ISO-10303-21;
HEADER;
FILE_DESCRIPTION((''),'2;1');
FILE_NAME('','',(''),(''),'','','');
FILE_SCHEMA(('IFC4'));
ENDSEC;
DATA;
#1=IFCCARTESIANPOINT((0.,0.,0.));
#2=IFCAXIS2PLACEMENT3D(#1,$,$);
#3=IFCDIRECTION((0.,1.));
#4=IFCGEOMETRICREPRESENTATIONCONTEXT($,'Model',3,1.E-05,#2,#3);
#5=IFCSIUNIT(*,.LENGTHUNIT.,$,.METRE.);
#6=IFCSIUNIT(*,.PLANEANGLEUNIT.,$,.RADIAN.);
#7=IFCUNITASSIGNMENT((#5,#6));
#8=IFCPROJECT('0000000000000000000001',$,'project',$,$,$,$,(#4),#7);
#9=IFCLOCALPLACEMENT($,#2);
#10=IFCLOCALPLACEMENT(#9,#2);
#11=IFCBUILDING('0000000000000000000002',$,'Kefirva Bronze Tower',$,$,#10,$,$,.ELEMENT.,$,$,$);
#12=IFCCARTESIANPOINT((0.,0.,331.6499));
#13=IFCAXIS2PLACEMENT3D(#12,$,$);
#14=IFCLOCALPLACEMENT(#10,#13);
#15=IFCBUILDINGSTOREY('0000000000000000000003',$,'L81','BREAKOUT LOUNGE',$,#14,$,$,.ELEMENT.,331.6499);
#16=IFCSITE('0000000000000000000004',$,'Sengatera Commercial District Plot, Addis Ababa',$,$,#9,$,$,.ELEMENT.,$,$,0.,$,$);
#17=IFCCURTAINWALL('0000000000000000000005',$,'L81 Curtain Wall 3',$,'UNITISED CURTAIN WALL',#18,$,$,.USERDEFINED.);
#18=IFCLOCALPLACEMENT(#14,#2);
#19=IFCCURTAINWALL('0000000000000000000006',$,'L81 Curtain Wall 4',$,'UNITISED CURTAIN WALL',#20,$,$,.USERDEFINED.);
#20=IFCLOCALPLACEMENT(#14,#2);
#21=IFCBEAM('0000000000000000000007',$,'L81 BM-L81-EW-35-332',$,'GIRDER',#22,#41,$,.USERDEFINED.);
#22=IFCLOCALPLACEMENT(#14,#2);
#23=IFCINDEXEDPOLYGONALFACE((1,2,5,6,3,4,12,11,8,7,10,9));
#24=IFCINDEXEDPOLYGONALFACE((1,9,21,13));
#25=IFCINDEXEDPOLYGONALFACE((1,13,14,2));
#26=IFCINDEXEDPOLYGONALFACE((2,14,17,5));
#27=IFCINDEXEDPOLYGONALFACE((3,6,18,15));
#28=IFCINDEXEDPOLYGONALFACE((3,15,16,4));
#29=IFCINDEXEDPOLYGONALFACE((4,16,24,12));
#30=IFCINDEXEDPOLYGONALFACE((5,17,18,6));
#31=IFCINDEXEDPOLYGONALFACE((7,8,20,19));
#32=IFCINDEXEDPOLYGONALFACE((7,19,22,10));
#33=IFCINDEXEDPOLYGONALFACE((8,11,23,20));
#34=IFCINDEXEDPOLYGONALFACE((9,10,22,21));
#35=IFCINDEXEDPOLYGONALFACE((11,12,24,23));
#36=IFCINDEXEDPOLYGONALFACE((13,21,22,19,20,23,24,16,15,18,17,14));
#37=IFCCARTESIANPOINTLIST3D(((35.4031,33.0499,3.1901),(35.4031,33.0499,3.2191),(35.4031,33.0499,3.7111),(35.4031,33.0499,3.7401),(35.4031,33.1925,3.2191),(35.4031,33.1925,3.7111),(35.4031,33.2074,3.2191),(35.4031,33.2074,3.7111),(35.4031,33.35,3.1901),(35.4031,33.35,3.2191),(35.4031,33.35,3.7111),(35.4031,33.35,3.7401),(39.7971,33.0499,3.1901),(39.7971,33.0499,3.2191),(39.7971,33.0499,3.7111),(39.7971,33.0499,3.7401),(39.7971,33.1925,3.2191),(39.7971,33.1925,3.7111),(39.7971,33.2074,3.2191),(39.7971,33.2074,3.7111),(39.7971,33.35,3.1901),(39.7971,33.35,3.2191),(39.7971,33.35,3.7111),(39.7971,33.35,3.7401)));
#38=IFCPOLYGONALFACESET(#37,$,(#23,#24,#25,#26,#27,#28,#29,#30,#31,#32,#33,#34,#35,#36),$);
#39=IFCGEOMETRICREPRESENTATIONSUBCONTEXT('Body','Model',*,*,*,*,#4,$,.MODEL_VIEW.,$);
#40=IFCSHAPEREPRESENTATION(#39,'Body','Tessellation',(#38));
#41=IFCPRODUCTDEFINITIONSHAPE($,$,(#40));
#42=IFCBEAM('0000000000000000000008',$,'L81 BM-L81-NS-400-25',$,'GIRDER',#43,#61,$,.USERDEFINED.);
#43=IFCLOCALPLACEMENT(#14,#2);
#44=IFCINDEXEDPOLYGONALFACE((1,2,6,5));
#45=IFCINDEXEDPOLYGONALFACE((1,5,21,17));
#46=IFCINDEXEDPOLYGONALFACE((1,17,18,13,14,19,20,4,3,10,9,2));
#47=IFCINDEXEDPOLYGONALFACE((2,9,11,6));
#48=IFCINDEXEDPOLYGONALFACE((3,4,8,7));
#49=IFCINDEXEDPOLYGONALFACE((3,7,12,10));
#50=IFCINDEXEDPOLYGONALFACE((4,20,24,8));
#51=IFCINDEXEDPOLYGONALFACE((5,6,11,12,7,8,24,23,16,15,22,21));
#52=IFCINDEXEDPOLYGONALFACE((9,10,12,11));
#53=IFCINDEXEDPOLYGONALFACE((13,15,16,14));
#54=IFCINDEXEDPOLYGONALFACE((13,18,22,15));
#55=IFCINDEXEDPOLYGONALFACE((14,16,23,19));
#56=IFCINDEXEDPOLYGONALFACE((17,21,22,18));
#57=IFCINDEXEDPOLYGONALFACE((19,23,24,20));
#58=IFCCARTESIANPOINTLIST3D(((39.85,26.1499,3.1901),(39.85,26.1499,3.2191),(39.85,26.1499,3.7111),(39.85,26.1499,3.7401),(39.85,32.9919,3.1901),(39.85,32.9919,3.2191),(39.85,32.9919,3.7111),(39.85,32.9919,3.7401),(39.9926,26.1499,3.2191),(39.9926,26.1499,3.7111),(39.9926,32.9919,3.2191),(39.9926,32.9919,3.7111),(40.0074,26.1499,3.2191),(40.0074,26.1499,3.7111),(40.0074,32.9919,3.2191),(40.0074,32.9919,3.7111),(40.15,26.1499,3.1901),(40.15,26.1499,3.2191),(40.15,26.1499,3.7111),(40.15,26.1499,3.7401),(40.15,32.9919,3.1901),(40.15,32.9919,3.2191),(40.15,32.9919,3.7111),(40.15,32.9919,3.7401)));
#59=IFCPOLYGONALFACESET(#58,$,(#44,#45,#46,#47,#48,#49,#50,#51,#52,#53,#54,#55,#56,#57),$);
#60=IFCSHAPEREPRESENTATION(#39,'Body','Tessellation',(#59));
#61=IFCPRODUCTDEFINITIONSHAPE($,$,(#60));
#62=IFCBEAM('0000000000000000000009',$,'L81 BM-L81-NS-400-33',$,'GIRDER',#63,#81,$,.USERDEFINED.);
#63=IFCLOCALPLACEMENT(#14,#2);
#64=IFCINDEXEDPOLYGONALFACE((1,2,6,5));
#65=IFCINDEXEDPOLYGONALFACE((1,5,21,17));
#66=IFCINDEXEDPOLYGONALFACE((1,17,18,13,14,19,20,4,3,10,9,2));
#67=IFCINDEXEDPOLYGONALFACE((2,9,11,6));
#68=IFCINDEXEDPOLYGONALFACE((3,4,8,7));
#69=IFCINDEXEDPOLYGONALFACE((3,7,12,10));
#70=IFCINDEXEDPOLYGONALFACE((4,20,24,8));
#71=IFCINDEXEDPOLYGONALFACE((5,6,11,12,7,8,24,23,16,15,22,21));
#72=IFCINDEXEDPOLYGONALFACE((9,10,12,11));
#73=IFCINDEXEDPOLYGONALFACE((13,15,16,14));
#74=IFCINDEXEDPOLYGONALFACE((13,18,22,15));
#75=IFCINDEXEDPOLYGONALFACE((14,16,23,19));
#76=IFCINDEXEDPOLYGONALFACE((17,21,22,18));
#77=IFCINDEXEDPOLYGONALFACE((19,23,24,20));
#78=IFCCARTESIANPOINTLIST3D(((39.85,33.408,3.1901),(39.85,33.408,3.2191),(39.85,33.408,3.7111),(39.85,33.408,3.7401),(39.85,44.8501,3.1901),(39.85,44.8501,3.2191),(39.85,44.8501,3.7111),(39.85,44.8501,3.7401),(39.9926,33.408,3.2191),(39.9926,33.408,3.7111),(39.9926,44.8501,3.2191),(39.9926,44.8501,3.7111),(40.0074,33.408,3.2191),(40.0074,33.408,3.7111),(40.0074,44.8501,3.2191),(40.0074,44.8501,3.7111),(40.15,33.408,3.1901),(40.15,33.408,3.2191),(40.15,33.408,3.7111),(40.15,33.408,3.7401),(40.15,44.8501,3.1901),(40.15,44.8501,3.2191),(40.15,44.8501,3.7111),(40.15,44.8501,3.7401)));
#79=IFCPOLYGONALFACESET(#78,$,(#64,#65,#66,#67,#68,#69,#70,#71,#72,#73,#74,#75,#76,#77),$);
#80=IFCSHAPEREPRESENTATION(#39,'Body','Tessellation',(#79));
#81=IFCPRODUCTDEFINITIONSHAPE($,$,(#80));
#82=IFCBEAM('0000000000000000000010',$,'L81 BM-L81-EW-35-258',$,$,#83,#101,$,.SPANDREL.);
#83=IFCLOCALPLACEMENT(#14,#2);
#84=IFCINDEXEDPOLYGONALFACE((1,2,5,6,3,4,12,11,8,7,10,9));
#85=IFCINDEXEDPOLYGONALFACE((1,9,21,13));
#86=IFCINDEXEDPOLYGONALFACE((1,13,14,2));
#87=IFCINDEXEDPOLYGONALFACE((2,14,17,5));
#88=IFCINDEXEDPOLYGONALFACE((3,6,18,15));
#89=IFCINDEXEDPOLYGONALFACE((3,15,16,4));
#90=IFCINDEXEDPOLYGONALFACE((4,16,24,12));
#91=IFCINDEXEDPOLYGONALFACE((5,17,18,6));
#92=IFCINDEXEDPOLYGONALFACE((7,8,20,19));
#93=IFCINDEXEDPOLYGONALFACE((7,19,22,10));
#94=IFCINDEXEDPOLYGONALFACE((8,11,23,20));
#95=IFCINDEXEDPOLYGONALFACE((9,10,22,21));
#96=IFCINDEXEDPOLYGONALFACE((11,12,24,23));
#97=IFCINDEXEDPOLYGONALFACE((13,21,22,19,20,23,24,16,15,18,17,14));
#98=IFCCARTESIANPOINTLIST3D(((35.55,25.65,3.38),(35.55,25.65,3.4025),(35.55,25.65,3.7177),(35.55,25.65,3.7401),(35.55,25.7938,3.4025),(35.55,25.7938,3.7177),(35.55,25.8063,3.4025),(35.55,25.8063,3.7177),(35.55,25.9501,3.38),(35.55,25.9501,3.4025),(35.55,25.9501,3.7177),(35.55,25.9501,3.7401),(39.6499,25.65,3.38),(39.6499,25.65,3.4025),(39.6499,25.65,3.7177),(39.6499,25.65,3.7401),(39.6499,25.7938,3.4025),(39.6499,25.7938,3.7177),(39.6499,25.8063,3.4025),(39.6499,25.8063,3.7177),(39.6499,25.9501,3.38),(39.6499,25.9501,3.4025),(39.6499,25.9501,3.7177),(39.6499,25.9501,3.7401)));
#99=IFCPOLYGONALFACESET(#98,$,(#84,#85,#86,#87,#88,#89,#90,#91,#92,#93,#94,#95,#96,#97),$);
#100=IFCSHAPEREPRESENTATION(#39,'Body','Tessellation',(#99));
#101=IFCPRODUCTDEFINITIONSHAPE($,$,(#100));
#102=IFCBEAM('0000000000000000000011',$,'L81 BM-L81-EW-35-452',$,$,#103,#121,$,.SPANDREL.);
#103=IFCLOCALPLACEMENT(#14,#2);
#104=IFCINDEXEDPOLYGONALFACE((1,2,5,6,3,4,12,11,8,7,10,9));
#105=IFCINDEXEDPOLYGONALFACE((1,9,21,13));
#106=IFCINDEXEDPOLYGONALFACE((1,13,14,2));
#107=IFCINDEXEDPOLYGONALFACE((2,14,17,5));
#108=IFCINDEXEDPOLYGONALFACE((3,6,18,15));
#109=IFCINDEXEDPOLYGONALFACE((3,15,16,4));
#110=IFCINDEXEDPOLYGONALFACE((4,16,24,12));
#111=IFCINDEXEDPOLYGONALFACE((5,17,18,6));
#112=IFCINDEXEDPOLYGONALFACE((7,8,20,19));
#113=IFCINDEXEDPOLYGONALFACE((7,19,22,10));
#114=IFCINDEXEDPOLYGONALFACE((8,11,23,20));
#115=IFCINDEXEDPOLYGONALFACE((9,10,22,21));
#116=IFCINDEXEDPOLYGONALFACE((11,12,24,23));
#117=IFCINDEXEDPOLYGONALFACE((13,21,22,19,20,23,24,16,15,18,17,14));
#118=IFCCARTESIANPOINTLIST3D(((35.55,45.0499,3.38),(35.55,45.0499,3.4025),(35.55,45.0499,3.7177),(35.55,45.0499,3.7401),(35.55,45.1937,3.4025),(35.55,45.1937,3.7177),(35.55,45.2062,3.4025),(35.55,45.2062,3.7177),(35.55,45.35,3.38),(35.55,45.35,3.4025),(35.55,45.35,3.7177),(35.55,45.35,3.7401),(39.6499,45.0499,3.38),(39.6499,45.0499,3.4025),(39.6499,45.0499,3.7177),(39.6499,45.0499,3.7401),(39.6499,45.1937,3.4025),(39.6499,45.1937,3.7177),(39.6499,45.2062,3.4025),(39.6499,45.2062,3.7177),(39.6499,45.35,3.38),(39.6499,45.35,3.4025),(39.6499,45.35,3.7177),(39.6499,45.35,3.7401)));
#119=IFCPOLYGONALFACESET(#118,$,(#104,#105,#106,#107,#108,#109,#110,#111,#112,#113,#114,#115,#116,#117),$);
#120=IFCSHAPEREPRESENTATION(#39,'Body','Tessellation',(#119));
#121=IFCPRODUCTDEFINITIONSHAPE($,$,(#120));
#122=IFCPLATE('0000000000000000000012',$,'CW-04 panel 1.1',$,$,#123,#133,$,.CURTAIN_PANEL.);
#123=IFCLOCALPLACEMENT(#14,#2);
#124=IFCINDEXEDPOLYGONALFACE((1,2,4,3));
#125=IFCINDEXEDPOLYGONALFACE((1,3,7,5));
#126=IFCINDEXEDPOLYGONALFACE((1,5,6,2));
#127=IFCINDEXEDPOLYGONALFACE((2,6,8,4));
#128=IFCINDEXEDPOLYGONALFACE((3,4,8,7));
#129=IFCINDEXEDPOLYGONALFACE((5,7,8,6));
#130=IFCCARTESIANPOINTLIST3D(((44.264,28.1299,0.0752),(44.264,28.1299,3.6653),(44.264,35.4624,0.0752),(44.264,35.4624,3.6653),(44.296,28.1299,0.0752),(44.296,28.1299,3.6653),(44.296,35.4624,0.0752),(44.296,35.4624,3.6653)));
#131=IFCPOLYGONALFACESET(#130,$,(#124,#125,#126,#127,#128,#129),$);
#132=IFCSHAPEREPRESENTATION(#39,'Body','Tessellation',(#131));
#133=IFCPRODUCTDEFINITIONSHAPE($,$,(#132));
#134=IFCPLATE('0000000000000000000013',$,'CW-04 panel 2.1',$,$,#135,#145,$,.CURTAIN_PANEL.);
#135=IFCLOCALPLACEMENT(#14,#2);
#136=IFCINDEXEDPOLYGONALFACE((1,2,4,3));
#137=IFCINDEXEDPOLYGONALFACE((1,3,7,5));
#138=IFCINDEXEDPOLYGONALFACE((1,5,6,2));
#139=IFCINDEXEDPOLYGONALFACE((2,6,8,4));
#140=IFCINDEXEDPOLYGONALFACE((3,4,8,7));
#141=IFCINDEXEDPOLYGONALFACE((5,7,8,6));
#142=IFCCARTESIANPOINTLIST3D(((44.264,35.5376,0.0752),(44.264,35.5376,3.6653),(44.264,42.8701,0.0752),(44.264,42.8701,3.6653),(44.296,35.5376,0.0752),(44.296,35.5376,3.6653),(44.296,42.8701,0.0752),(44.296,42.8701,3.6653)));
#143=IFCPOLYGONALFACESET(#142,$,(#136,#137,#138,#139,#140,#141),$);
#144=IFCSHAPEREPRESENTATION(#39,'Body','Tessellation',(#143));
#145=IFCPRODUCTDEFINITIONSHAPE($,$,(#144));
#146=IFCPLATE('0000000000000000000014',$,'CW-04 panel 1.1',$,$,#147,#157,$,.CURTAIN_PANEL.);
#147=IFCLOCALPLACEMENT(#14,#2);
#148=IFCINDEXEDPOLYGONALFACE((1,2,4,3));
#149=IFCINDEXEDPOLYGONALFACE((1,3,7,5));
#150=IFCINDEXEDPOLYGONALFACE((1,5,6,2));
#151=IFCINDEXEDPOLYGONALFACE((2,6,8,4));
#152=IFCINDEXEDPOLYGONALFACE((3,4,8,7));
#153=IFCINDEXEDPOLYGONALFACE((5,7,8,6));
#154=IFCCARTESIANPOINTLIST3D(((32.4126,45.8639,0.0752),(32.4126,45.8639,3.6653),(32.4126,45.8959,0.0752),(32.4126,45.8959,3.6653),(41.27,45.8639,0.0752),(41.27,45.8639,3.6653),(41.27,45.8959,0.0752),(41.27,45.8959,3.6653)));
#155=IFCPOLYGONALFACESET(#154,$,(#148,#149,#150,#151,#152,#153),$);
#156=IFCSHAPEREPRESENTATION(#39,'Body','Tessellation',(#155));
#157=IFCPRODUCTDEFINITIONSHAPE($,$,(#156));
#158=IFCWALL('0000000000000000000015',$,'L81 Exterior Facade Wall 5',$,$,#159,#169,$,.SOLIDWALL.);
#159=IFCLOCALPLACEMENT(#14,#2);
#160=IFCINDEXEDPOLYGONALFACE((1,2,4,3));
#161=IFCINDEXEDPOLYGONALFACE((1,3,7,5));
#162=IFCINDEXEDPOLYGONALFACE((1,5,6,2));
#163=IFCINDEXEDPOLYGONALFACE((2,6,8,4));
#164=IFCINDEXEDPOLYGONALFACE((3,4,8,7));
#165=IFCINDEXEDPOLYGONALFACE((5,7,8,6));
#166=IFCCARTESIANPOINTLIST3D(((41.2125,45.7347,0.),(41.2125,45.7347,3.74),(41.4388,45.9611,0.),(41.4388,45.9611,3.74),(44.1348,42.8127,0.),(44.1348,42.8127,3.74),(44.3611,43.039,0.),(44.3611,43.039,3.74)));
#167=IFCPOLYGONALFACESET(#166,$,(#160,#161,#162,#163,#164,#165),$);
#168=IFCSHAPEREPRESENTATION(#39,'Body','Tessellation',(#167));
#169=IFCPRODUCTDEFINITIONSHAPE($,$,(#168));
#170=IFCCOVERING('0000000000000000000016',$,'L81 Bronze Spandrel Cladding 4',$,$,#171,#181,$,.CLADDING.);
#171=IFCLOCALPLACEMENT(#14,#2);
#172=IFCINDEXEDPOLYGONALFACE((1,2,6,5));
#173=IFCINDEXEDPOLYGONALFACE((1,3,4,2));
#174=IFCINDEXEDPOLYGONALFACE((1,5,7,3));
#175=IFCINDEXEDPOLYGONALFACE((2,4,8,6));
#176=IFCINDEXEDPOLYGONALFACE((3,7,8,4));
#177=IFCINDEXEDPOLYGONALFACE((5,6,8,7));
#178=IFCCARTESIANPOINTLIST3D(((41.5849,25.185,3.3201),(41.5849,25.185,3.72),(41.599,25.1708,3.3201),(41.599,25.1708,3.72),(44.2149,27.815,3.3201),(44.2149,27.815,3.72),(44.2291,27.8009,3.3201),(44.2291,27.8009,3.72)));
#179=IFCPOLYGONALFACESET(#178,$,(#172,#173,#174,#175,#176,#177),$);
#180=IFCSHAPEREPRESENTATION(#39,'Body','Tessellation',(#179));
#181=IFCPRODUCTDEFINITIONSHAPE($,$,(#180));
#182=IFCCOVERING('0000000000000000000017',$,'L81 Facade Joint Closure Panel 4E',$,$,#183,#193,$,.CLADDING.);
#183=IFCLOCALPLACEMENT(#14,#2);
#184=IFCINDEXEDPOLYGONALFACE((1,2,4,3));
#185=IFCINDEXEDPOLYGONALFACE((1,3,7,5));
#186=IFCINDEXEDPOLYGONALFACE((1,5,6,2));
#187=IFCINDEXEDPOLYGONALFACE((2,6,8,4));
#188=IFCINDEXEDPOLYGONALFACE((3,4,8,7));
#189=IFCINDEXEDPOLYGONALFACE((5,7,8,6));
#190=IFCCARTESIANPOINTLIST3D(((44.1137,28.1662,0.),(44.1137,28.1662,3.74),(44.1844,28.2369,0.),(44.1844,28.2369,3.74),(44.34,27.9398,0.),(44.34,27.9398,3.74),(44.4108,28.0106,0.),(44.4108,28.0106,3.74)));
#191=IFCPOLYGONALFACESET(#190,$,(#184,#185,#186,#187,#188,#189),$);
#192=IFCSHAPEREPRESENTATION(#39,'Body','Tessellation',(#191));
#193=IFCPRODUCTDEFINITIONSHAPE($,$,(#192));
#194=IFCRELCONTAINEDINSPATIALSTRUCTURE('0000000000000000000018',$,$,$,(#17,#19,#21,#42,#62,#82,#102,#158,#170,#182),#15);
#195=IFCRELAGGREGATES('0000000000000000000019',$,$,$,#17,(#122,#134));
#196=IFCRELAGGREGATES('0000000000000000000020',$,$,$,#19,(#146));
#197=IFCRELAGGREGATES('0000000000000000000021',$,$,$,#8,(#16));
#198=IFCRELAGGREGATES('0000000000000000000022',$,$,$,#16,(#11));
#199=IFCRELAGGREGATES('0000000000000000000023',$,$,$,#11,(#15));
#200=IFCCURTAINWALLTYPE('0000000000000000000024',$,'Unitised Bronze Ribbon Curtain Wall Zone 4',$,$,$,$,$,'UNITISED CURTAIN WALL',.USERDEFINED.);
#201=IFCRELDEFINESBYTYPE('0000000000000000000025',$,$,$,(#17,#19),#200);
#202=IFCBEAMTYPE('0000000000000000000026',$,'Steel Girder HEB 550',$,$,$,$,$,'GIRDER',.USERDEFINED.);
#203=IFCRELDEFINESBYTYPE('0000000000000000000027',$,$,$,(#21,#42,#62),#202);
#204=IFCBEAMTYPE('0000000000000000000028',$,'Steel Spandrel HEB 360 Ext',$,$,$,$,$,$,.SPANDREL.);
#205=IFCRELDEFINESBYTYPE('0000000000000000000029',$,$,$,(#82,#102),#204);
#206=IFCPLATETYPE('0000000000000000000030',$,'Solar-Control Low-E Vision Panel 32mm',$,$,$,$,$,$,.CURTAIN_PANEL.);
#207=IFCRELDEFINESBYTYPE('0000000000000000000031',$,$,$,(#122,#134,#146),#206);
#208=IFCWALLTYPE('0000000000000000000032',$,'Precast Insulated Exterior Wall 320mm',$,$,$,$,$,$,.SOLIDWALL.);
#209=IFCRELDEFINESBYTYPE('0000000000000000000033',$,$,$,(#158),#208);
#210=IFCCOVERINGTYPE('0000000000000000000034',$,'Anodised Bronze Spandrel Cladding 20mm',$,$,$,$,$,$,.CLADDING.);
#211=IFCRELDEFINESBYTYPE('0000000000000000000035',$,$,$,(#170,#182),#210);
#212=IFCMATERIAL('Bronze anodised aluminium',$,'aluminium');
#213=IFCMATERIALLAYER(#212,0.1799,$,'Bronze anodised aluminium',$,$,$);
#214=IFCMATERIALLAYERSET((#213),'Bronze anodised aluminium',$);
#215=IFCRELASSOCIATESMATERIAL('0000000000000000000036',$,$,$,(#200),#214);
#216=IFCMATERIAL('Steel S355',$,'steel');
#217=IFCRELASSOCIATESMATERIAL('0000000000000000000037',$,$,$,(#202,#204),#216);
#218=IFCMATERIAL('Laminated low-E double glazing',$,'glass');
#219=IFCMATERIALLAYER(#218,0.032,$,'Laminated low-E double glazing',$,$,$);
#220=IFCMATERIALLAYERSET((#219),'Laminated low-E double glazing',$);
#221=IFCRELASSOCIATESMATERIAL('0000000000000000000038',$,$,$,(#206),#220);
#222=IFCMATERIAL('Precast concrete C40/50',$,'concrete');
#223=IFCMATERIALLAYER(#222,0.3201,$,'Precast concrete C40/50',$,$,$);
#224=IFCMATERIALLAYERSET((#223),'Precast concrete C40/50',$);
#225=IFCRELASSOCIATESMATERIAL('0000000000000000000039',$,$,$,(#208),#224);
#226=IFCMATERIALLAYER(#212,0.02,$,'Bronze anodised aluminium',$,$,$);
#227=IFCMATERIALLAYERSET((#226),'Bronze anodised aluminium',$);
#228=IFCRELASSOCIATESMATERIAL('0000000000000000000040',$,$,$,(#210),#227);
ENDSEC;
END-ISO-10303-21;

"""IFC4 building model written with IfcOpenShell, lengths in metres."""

from ifc_helpers import new_model, si_unit, direction, frame, frame_2d, origin, origin_2d, place, context, subcontext, project, spatial, rectangle, i_section, extrude, material, layer, layer_set, material_profile, profile_set, type_object, element, aggregate, save


model = new_model("IFC4")

# Units and contexts
model_context = context("Model", 3, precision=1e-05, world=origin(), true_north=direction((0.0, 1.0)))
body_context = subcontext(model_context, "Body", "Model", "MODEL_VIEW")
ifc_project = project(units=[si_unit("LENGTHUNIT", "METRE"), si_unit("PLANEANGLEUNIT", "RADIAN")], contexts=[model_context])

# Site, building, storey
site_placement = place(None, origin())
site = spatial("IfcSite", under=ifc_project, at=site_placement, Name="Sengatera Commercial District Plot, Addis Ababa", CompositionType="ELEMENT", RefElevation=0.0)
building_placement = place(site_placement, origin())
building = spatial("IfcBuilding", under=site, at=building_placement, Name="Kefirva Bronze Tower", CompositionType="ELEMENT")
storey_placement = place(building_placement, frame((0.0, 0.0, 331.6499)))
storey = spatial("IfcBuildingStorey", under=building, at=storey_placement, Name="L81", Description="BREAKOUT LOUNGE", CompositionType="ELEMENT", Elevation=331.6499)

# Curtain wall
ifc_material_1 = material(Name="Bronze anodised aluminium", Category="aluminium")
ifc_layer_1 = layer(ifc_material_1, 0.1799, Name="Bronze anodised aluminium")
ifc_layer_set_1 = layer_set([ifc_layer_1], Name="Bronze anodised aluminium")
curtain_wall_type = type_object("IfcCurtainWallType", Name="Unitised Bronze Ribbon Curtain Wall Zone 4", ElementType="UNITISED CURTAIN WALL", PredefinedType="USERDEFINED", material=ifc_layer_set_1)
curtain_wall_1_placement = place(storey_placement, origin())
curtain_wall_1 = element("IfcCurtainWall", 1, at=curtain_wall_1_placement, inside=storey, type_object=curtain_wall_type, Name="L81 Curtain Wall 3", ObjectType="UNITISED CURTAIN WALL", PredefinedType="USERDEFINED")

# Curtain wall
curtain_wall_2_placement = place(storey_placement, origin())
curtain_wall_2 = element("IfcCurtainWall", 2, at=curtain_wall_2_placement, inside=storey, type_object=curtain_wall_type, Name="L81 Curtain Wall 4", ObjectType="UNITISED CURTAIN WALL", PredefinedType="USERDEFINED")

# Beams
ifc_material_2 = material(Name="Steel S355", Category="steel")
ifc_material_profile_1 = material_profile(ifc_material_2, i_section(OverallWidth=0.3, OverallDepth=0.55, WebThickness=0.0149, FlangeThickness=0.0291, at=origin_2d()), Name="HEB 550")
ifc_profile_set_1 = profile_set([ifc_material_profile_1], Name="Steel S355")
beam_type_1 = type_object("IfcBeamType", Name="Steel Girder HEB 550", ElementType="GIRDER", PredefinedType="USERDEFINED", material=ifc_profile_set_1)
beam_1_placement = place(storey_placement, frame((35.4031, 33.2, 3.4651), z_axis=(1.0, 0.0, 0.0), x_axis=(0.0, 1.0, 0.0)))
element("IfcBeam", 3, at=beam_1_placement, inside=storey, type_object=beam_type_1, Name="L81 BM-L81-EW-35-332", ObjectType="GIRDER", PredefinedType="USERDEFINED", context=body_context, shape_type="SweptSolid", body=[
    extrude(i_section(OverallWidth=0.3, OverallDepth=0.55, WebThickness=0.0149, FlangeThickness=0.0291, at=origin_2d()), origin(), (0.0, 0.0, 1.0), 4.394),
])
beam_2_placement = place(storey_placement, frame((40.0, 26.1499, 3.4651), z_axis=(0.0, 1.0, 0.0), x_axis=(-1.0, 0.0, 0.0)))
element("IfcBeam", 4, at=beam_2_placement, inside=storey, type_object=beam_type_1, Name="L81 BM-L81-NS-400-25", ObjectType="GIRDER", PredefinedType="USERDEFINED", context=body_context, shape_type="SweptSolid", body=[
    extrude(i_section(OverallWidth=0.3, OverallDepth=0.55, WebThickness=0.0149, FlangeThickness=0.0291, at=origin_2d()), origin(), (0.0, 0.0, 1.0), 6.842),
])
beam_3_placement = place(storey_placement, frame((40.0, 33.408, 3.4651), z_axis=(0.0, 1.0, 0.0), x_axis=(-1.0, 0.0, 0.0)))
element("IfcBeam", 5, at=beam_3_placement, inside=storey, type_object=beam_type_1, Name="L81 BM-L81-NS-400-33", ObjectType="GIRDER", PredefinedType="USERDEFINED", context=body_context, shape_type="SweptSolid", body=[
    extrude(i_section(OverallWidth=0.3, OverallDepth=0.55, WebThickness=0.0149, FlangeThickness=0.0291, at=origin_2d()), origin(), (0.0, 0.0, 1.0), 11.4421),
])
ifc_material_profile_2 = material_profile(ifc_material_2, i_section(OverallWidth=0.3, OverallDepth=0.3601, WebThickness=0.0125, FlangeThickness=0.0225, at=origin_2d()), Name="HEB 360")
ifc_profile_set_2 = profile_set([ifc_material_profile_2], Name="Steel S355")
beam_type_2 = type_object("IfcBeamType", Name="Steel Spandrel HEB 360 Ext", PredefinedType="SPANDREL", material=ifc_profile_set_2)
for number, where, z_axis, x_axis, name in (
    (6, (35.55, 25.8, 3.5601), (1.0, 0.0, 0.0), (0.0, 1.0, 0.0), "L81 BM-L81-EW-35-258"),
    (7, (35.55, 45.2, 3.5601), (1.0, 0.0, 0.0), (0.0, 1.0, 0.0), "L81 BM-L81-EW-35-452"),
):
    element("IfcBeam", number, at=place(storey_placement, frame(where, z_axis=z_axis, x_axis=x_axis)), inside=storey, type_object=beam_type_2, Name=name, PredefinedType="SPANDREL", context=body_context, shape_type="SweptSolid", body=[
        extrude(i_section(OverallWidth=0.3, OverallDepth=0.3601, WebThickness=0.0125, FlangeThickness=0.0225, at=origin_2d()), origin(), (0.0, 0.0, 1.0), 4.0999),
    ])

# Plates
ifc_material_3 = material(Name="Laminated low-E double glazing", Category="glass")
ifc_layer_2 = layer(ifc_material_3, 0.032, Name="Laminated low-E double glazing")
ifc_layer_set_2 = layer_set([ifc_layer_2], Name="Laminated low-E double glazing")
plate_type = type_object("IfcPlateType", Name="Solar-Control Low-E Vision Panel 32mm", PredefinedType="CURTAIN_PANEL", material=ifc_layer_set_2)
plate_1_placement = place(storey_placement, frame((44.28, 31.7961, 0.0752), z_axis=(0.0, 0.0, 1.0), x_axis=(0.0, 1.0, 0.0)))
plate_1 = element("IfcPlate", 8, at=plate_1_placement, type_object=plate_type, Name="CW-04 panel 1.1", PredefinedType="CURTAIN_PANEL", context=body_context, shape_type="SweptSolid", body=[
    extrude(rectangle(XDim=7.3325, YDim=0.032, at=origin_2d()), origin(), (0.0, 0.0, 1.0), 3.5901),
])
plate_2_placement = place(storey_placement, frame((44.28, 39.2039, 0.0752), z_axis=(0.0, 0.0, 1.0), x_axis=(0.0, 1.0, 0.0)))
plate_2 = element("IfcPlate", 9, at=plate_2_placement, type_object=plate_type, Name="CW-04 panel 2.1", PredefinedType="CURTAIN_PANEL", context=body_context, shape_type="SweptSolid", body=[
    extrude(rectangle(XDim=7.3325, YDim=0.032, at=origin_2d()), origin(), (0.0, 0.0, 1.0), 3.5901),
])
aggregate(curtain_wall_1, [plate_1, plate_2])
plate_3_placement = place(storey_placement, frame((36.8413, 45.8799, 0.0752), z_axis=(0.0, 0.0, 1.0), x_axis=(-1.0, 0.0, 0.0)))
plate_3 = element("IfcPlate", 10, at=plate_3_placement, type_object=plate_type, Name="CW-04 panel 1.1", PredefinedType="CURTAIN_PANEL", context=body_context, shape_type="SweptSolid", body=[
    extrude(rectangle(XDim=8.8574, YDim=0.032, at=origin_2d()), origin(), (0.0, 0.0, 1.0), 3.5901),
])
aggregate(curtain_wall_2, [plate_3])

# Wall
ifc_material_4 = material(Name="Precast concrete C40/50", Category="concrete")
ifc_layer_3 = layer(ifc_material_4, 0.3201, Name="Precast concrete C40/50")
ifc_layer_set_3 = layer_set([ifc_layer_3], Name="Precast concrete C40/50")
wall_type = type_object("IfcWallType", Name="Precast Insulated Exterior Wall 320mm", PredefinedType="SOLIDWALL", material=ifc_layer_set_3)
wall_placement = place(storey_placement, frame((44.248, 42.9258, 0.0), z_axis=(0.0, 0.0, 1.0), x_axis=(-0.707136, 0.707077, 0.0)))
element("IfcWall", 11, at=wall_placement, inside=storey, type_object=wall_type, Name="L81 Exterior Facade Wall 5", PredefinedType="SOLIDWALL", context=body_context, shape_type="SweptSolid", body=[
    extrude(rectangle(XDim=4.1326, YDim=0.3201, at=frame_2d((2.0664, 0.0))), origin(), (0.0, 0.0, 1.0), 3.74),
])

# Coverings
ifc_layer_4 = layer(ifc_material_1, 0.02, Name="Bronze anodised aluminium")
ifc_layer_set_4 = layer_set([ifc_layer_4], Name="Bronze anodised aluminium")
covering_type_1 = type_object("IfcCoveringType", Name="Anodised Bronze Spandrel Cladding 20mm", PredefinedType="CLADDING", material=ifc_layer_set_4)
covering_1_placement = place(storey_placement, frame((42.907, 26.4929, 3.3201), z_axis=(0.0, 0.0, 1.0), x_axis=(0.707107, 0.707107, 0.0)))
element("IfcCovering", 12, at=covering_1_placement, inside=storey, type_object=covering_type_1, Name="L81 Bronze Spandrel Cladding 4", PredefinedType="CLADDING", context=body_context, shape_type="SweptSolid", body=[
    extrude(rectangle(XDim=3.7195, YDim=0.02, at=origin_2d()), origin(), (0.0, 0.0, 1.0), 0.3999),
])
covering_2_placement = place(storey_placement, frame((44.2622, 28.0884, 0.0), z_axis=(0.0, 0.0, 1.0), x_axis=(0.707107, 0.707107, 0.0)))
element("IfcCovering", 13, at=covering_2_placement, inside=storey, type_object=covering_type_1, Name="L81 Facade Joint Closure Panel 4E", PredefinedType="CLADDING", context=body_context, shape_type="SweptSolid", body=[
    extrude(rectangle(XDim=0.1001, YDim=0.3201, at=origin_2d()), origin(), (0.0, 0.0, 1.0), 3.74),
])

save(model, "model.ifc")
